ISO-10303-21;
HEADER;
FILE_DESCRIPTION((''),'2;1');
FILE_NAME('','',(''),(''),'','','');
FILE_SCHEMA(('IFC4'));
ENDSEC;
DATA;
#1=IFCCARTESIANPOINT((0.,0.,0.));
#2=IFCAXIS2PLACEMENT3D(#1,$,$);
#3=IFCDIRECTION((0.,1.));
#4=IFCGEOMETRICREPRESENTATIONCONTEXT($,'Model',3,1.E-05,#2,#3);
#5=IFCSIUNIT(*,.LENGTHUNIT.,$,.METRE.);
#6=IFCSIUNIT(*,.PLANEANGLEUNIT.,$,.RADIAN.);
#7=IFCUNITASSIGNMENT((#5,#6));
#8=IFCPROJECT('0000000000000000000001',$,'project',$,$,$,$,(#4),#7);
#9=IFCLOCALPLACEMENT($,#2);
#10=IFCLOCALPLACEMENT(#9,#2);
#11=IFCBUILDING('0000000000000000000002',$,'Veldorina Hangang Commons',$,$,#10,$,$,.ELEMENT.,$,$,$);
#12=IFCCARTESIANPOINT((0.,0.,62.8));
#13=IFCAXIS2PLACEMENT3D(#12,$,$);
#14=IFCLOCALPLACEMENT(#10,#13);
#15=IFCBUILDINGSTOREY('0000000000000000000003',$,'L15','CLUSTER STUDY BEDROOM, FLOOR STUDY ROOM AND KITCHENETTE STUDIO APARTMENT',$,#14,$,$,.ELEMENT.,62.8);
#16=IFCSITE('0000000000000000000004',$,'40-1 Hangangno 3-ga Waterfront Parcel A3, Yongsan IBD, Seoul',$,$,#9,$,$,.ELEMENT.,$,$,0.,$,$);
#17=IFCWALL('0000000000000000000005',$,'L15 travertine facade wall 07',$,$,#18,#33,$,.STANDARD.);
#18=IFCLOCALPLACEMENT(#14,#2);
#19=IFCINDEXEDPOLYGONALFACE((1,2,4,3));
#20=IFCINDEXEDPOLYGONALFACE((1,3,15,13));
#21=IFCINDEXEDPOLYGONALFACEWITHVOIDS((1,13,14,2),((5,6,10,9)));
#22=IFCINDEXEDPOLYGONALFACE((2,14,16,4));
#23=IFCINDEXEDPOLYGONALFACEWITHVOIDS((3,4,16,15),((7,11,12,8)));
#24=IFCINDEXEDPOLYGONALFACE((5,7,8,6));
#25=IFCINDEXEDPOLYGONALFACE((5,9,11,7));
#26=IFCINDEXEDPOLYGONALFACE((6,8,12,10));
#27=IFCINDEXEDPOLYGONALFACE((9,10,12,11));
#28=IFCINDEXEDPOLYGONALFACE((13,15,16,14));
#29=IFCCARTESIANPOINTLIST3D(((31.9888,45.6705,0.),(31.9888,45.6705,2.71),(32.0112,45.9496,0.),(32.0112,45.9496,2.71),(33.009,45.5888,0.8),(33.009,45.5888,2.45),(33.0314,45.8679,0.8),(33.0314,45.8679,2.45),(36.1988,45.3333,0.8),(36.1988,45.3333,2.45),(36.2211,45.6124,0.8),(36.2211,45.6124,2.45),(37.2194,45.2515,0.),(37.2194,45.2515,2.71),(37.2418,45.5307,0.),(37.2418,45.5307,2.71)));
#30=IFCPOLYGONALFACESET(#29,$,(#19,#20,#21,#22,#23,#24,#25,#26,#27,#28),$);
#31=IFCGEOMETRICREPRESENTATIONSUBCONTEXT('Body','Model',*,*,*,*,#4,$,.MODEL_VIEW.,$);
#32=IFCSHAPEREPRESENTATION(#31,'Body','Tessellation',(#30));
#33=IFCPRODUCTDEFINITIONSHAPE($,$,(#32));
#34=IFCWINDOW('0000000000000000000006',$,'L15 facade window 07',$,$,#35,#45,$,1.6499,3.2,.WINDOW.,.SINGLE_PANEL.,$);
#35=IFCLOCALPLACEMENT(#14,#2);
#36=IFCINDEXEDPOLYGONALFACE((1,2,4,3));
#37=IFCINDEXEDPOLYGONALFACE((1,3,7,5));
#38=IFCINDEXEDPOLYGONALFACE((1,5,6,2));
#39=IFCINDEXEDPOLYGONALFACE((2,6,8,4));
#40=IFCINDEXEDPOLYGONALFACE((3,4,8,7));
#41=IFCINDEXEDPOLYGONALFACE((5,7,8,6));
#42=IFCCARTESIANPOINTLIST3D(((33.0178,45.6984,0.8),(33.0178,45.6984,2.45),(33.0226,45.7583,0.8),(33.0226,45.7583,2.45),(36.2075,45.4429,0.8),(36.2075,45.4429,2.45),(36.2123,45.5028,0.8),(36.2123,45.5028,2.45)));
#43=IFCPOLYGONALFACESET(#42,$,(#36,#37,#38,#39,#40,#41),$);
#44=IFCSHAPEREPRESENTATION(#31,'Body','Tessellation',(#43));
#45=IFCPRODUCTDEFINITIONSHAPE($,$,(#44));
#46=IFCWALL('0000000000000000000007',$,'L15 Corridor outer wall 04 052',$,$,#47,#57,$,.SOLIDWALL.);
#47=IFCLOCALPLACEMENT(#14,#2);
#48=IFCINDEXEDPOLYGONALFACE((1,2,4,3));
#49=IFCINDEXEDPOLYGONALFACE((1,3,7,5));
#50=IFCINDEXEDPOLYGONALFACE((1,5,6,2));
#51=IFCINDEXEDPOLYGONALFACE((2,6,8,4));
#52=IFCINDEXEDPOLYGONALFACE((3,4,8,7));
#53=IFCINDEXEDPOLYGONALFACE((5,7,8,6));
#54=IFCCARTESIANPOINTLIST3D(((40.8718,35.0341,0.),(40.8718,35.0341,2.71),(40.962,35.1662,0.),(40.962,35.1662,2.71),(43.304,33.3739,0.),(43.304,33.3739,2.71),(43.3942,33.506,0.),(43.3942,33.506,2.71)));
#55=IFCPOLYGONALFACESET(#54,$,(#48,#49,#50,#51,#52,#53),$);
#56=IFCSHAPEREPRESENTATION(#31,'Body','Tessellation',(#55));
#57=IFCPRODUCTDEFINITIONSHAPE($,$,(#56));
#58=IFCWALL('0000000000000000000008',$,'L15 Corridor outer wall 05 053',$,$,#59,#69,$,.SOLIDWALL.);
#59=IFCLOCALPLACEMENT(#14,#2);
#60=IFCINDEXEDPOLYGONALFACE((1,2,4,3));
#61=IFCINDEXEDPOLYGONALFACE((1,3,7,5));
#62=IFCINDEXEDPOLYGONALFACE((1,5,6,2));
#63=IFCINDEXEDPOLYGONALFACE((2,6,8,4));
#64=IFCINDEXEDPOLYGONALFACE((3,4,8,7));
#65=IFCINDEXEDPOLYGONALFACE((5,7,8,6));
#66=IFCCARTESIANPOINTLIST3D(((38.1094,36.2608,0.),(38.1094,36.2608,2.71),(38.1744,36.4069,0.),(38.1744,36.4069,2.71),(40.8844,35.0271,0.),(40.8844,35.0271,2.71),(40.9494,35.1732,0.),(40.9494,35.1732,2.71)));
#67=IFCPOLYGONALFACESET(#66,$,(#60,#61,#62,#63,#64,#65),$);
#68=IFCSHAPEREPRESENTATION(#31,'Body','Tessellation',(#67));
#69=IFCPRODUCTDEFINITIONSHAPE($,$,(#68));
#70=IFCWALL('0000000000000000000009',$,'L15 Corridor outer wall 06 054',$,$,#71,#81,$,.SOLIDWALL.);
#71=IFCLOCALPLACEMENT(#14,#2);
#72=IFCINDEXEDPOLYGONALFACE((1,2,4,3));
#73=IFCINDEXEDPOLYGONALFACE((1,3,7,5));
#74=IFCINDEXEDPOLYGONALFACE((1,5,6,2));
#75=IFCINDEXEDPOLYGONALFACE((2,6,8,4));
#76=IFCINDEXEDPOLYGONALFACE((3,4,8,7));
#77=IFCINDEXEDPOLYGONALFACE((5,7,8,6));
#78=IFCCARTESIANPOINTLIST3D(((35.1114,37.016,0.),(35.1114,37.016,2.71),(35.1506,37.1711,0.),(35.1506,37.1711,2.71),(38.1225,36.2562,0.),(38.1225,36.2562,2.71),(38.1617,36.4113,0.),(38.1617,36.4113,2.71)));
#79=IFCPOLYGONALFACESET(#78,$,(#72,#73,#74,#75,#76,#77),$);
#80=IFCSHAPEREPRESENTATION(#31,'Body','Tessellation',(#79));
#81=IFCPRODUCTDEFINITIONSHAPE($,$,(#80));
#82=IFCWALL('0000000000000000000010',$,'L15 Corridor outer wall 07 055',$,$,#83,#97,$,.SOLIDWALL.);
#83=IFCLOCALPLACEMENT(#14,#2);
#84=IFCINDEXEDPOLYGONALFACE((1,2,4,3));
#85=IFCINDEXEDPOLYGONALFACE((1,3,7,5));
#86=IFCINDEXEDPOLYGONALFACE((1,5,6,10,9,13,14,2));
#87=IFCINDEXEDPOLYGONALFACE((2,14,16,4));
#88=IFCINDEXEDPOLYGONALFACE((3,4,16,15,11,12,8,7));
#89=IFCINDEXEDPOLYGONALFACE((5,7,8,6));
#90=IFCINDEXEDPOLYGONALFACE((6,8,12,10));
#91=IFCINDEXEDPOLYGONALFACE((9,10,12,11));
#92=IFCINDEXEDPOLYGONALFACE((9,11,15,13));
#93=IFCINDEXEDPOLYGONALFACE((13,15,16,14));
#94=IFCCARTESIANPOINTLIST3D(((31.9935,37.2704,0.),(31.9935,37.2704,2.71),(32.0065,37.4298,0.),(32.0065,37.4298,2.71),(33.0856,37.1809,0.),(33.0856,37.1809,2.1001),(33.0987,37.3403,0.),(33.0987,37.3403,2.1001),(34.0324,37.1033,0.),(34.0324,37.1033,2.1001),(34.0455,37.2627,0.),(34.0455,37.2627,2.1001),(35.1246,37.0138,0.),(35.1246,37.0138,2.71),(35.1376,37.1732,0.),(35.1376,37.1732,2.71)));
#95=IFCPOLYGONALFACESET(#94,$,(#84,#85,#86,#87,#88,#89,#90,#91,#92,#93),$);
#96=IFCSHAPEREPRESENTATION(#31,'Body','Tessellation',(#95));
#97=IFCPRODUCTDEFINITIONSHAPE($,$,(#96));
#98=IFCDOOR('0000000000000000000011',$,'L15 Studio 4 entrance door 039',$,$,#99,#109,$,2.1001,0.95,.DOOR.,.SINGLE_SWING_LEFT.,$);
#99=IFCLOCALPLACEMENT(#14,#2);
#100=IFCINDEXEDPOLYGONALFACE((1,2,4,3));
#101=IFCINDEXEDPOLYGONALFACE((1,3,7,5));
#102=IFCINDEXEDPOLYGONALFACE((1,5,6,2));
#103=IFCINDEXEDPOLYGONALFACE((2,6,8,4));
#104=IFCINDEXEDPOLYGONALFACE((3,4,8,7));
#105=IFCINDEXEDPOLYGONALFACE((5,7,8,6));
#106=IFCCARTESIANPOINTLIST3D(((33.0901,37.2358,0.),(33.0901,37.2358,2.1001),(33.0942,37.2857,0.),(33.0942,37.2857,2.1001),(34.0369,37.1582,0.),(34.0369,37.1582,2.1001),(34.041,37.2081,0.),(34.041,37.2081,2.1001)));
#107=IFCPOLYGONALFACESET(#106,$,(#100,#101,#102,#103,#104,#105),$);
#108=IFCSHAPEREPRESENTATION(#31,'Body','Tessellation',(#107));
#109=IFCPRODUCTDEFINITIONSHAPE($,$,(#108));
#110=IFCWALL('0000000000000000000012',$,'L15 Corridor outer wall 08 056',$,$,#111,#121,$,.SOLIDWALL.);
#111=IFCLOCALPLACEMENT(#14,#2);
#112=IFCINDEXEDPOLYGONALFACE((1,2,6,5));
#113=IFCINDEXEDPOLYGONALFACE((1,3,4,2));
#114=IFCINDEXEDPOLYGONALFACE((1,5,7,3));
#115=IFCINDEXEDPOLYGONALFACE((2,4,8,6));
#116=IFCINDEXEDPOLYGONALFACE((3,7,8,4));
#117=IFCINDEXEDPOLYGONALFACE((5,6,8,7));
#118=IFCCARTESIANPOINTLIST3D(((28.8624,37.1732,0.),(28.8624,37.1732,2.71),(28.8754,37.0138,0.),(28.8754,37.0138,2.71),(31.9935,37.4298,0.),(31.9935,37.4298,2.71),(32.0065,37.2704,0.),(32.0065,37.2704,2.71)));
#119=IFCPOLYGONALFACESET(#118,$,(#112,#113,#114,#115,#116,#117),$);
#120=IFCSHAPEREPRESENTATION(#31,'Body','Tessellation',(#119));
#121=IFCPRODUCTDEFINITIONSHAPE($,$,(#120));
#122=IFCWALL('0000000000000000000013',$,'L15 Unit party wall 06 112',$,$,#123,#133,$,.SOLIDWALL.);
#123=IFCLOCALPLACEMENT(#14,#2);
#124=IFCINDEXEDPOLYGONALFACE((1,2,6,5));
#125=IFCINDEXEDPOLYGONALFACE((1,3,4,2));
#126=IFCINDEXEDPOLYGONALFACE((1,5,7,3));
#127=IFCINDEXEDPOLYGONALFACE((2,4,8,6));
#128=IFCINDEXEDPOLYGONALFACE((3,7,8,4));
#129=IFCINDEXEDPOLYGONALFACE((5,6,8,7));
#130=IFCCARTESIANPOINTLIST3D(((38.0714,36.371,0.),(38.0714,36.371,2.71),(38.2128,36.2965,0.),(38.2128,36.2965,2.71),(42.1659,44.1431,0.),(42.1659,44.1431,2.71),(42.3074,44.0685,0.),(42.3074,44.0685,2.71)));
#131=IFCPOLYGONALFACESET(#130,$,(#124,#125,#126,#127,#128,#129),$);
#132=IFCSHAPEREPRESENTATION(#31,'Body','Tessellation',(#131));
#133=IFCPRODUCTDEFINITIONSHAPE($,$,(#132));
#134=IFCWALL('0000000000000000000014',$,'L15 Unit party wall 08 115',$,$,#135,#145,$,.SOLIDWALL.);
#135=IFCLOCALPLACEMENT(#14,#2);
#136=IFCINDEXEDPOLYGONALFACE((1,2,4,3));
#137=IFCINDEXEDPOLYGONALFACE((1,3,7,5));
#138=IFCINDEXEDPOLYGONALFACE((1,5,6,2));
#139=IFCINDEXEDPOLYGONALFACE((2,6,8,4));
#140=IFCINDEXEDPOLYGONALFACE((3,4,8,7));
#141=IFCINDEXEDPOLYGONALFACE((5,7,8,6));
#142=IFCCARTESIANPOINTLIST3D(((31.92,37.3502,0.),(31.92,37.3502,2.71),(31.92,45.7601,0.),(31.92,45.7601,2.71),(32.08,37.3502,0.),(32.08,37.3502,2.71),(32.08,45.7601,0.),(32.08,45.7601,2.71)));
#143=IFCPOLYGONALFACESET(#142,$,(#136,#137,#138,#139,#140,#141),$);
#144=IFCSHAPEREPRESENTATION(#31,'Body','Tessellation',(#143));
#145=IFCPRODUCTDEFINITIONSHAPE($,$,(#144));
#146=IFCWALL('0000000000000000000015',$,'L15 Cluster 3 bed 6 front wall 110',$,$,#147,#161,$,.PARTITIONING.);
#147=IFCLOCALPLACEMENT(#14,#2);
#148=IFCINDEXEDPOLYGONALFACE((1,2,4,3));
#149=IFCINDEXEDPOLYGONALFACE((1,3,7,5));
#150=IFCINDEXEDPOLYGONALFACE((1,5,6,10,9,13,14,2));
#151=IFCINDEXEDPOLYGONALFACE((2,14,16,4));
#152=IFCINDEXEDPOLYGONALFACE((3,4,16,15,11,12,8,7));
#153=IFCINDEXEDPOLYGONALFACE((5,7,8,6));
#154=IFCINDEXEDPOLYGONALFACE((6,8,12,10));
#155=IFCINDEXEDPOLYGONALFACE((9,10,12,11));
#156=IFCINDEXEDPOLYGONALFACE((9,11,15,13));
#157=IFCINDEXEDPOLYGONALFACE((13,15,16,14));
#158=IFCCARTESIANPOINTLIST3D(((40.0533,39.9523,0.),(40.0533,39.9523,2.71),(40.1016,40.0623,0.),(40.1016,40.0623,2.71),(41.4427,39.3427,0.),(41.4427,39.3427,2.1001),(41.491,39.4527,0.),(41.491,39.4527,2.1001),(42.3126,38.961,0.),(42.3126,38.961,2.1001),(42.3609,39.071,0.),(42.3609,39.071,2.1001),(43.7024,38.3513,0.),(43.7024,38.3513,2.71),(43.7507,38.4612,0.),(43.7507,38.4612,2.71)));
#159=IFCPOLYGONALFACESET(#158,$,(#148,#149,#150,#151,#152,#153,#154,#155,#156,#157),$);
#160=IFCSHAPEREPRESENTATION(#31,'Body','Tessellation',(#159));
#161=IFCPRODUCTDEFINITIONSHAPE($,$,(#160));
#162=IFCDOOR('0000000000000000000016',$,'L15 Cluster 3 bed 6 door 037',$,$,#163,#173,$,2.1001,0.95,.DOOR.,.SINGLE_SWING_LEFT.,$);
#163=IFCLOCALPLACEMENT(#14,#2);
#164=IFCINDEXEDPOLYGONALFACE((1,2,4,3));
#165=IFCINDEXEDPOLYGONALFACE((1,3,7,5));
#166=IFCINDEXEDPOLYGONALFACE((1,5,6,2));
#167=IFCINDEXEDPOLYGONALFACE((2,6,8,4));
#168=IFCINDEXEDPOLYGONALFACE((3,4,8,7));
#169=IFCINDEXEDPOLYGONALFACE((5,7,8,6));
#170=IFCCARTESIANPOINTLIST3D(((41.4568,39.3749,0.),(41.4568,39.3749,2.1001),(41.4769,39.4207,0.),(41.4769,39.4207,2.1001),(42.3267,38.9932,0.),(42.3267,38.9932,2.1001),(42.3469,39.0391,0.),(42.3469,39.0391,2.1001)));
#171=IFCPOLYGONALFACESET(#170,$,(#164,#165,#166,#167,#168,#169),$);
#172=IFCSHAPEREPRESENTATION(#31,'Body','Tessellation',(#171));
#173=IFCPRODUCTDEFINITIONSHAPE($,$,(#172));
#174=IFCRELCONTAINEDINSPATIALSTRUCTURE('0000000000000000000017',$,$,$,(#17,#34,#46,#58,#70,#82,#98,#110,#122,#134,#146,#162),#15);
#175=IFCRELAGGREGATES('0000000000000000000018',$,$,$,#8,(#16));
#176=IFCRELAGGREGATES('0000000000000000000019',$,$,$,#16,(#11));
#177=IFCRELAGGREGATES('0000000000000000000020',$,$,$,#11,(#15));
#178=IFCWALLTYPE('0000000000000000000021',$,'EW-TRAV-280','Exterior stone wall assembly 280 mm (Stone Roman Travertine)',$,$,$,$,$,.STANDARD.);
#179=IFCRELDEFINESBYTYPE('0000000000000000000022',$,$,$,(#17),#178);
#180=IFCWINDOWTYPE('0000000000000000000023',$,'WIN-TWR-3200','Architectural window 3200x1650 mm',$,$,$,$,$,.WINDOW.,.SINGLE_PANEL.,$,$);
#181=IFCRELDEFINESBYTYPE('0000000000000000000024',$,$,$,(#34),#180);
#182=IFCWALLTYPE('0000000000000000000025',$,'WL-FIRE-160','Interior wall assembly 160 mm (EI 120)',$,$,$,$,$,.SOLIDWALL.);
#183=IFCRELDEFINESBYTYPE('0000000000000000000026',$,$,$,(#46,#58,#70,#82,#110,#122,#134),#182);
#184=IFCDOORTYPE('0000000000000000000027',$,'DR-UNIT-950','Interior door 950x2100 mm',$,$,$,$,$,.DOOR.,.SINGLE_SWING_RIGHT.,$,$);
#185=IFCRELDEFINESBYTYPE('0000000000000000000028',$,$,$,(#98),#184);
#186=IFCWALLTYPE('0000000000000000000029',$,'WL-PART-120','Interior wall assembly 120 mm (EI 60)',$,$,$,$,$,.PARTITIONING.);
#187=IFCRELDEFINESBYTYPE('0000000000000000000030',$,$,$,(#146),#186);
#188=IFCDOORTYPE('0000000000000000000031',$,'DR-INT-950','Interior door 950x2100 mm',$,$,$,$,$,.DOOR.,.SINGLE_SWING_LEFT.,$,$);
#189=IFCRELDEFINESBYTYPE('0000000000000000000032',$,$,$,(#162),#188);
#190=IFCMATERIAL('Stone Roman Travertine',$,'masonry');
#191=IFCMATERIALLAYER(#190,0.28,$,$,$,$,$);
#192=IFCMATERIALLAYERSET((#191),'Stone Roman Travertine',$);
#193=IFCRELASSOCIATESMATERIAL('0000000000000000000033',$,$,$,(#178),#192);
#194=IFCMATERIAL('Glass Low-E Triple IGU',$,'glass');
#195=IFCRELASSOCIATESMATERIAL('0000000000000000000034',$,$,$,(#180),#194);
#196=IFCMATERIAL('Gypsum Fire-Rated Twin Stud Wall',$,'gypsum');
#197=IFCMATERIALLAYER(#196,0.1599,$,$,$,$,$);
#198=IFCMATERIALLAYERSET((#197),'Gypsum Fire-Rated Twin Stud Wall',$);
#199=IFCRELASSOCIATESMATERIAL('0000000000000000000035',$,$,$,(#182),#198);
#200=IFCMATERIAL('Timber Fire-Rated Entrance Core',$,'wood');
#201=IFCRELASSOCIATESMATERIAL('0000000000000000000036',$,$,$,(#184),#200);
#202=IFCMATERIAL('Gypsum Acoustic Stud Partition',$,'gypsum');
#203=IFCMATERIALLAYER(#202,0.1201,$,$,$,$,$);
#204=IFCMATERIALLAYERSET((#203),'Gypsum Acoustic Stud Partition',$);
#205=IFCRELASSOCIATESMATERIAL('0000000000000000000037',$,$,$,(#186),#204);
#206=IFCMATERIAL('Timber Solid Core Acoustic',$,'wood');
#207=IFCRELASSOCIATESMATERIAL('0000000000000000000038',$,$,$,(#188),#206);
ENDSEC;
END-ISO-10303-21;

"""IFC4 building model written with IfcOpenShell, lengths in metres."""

from ifc_helpers import new_model, si_unit, direction, frame, frame_2d, origin, place, context, subcontext, project, spatial, rectangle, extrude, material, layer, layer_set, type_object, element, fill, save


model = new_model("IFC4")

# Units and contexts
model_context = context("Model", 3, precision=1e-05, world=origin(), true_north=direction((0.0, 1.0)))
body_context = subcontext(model_context, "Body", "Model", "MODEL_VIEW")
ifc_project = project(units=[si_unit("LENGTHUNIT", "METRE"), si_unit("PLANEANGLEUNIT", "RADIAN")], contexts=[model_context])

# Site, building, storey
site_placement = place(None, origin())
site = spatial("IfcSite", under=ifc_project, at=site_placement, Name="40-1 Hangangno 3-ga Waterfront Parcel A3, Yongsan IBD, Seoul", CompositionType="ELEMENT", RefElevation=0.0)
building_placement = place(site_placement, origin())
building = spatial("IfcBuilding", under=site, at=building_placement, Name="Veldorina Hangang Commons", CompositionType="ELEMENT")
storey_placement = place(building_placement, frame((0.0, 0.0, 62.8)))
storey = spatial("IfcBuildingStorey", under=building, at=storey_placement, Name="L15", Description="CLUSTER STUDY BEDROOM, FLOOR STUDY ROOM AND KITCHENETTE STUDIO APARTMENT", CompositionType="ELEMENT", Elevation=62.8)

# Shared definitions
ifc_material_1 = material(Name="Stone Roman Travertine", Category="masonry")
ifc_layer_1 = layer(ifc_material_1, 0.28)
ifc_layer_set_1 = layer_set([ifc_layer_1], Name="Stone Roman Travertine")
wall_type_1 = type_object("IfcWallType", Name="EW-TRAV-280", Description="Exterior stone wall assembly 280 mm (Stone Roman Travertine)", PredefinedType="STANDARD", material=ifc_layer_set_1)

# Wall, opening, window
wall_1_placement = place(storey_placement, frame((37.2305, 45.3911, 0.0), z_axis=(0.0, 0.0, 1.0), x_axis=(-0.996808, 0.079841, 0.0)))
wall_1 = element("IfcWall", 1, at=wall_1_placement, inside=storey, type_object=wall_type_1, Name="L15 travertine facade wall 07", PredefinedType="STANDARD", context=body_context, shape_type="SweptSolid", body=[
    extrude(rectangle(XDim=5.2473, YDim=0.28, at=frame_2d((2.6235, 0.0))), origin(), (0.0, 0.0, 1.0), 2.71),
])
opening_1_placement = place(wall_1_placement, frame((1.0237, 0.0, 0.8)))
opening_1 = element("IfcOpeningElement", 2, at=opening_1_placement, cuts=wall_1, PredefinedType="OPENING", context=body_context, shape_type="SweptSolid", body=[
    extrude(rectangle(XDim=3.2, YDim=1.6499, at=frame_2d((1.6001, 0.825))), frame((0.0, 0.1499, 0.0), z_axis=(0.0, -1.0, 0.0), x_axis=(1.0, 0.0, 0.0)), (0.0, 0.0, 1.0), 0.3),
])
ifc_material_2 = material(Name="Glass Low-E Triple IGU", Category="glass")
window_type = type_object("IfcWindowType", Name="WIN-TWR-3200", Description="Architectural window 3200x1650 mm", PartitioningType="SINGLE_PANEL", PredefinedType="WINDOW", material=ifc_material_2)
window_placement = place(opening_1_placement, origin())
window = element("IfcWindow", 3, at=window_placement, inside=storey, type_object=window_type, Name="L15 facade window 07", OverallHeight=1.6499, OverallWidth=3.2, PartitioningType="SINGLE_PANEL", PredefinedType="WINDOW", context=body_context, shape_type="SweptSolid", body=[
    extrude(rectangle(XDim=3.2, YDim=1.6499, at=frame_2d((1.6001, 0.825))), frame((0.0, 0.03, 0.0), z_axis=(0.0, -1.0, 0.0), x_axis=(1.0, 0.0, 0.0)), (0.0, 0.0, 1.0), 0.0601),
])
fill(opening_1, window)

# Walls
ifc_material_3 = material(Name="Gypsum Fire-Rated Twin Stud Wall", Category="gypsum")
ifc_layer_2 = layer(ifc_material_3, 0.1599)
ifc_layer_set_2 = layer_set([ifc_layer_2], Name="Gypsum Fire-Rated Twin Stud Wall")
wall_type_2 = type_object("IfcWallType", Name="WL-FIRE-160", Description="Interior wall assembly 160 mm (EI 120)", PredefinedType="SOLIDWALL", material=ifc_layer_set_2)
wall_2_placement = place(storey_placement, frame((43.3491, 33.4399, 0.0), z_axis=(0.0, 0.0, 1.0), x_axis=(-0.825929, 0.563774, 0.0)))
element("IfcWall", 4, at=wall_2_placement, inside=storey, type_object=wall_type_2, Name="L15 Corridor outer wall 04 052", PredefinedType="SOLIDWALL", context=body_context, shape_type="SweptSolid", body=[
    extrude(rectangle(XDim=2.9448, YDim=0.1599, at=frame_2d((1.4724, 0.0))), origin(), (0.0, 0.0, 1.0), 2.71),
])
wall_3_placement = place(storey_placement, frame((40.917, 35.1001, 0.0), z_axis=(0.0, 0.0, 1.0), x_axis=(-0.913768, 0.406235, 0.0)))
element("IfcWall", 5, at=wall_3_placement, inside=storey, type_object=wall_type_2, Name="L15 Corridor outer wall 05 053", PredefinedType="SOLIDWALL", context=body_context, shape_type="SweptSolid", body=[
    extrude(rectangle(XDim=3.0369, YDim=0.1599, at=frame_2d((1.5186, 0.0))), origin(), (0.0, 0.0, 1.0), 2.71),
])
wall_4_placement = place(storey_placement, frame((38.1421, 36.3337, 0.0), z_axis=(0.0, 0.0, 1.0), x_axis=(-0.969608, 0.244662, 0.0)))
element("IfcWall", 6, at=wall_4_placement, inside=storey, type_object=wall_type_2, Name="L15 Corridor outer wall 06 054", PredefinedType="SOLIDWALL", context=body_context, shape_type="SweptSolid", body=[
    extrude(rectangle(XDim=3.1055, YDim=0.1599, at=frame_2d((1.5527, 0.0))), origin(), (0.0, 0.0, 1.0), 2.71),
])

# Wall, opening, door
wall_5_placement = place(storey_placement, frame((35.1311, 37.0935, 0.0), z_axis=(0.0, 0.0, 1.0), x_axis=(-0.996659, 0.081676, 0.0)))
wall_5 = element("IfcWall", 7, at=wall_5_placement, inside=storey, type_object=wall_type_2, Name="L15 Corridor outer wall 07 055", PredefinedType="SOLIDWALL", context=body_context, shape_type="SweptSolid", body=[
    extrude(rectangle(XDim=3.1416, YDim=0.1599, at=frame_2d((1.5708, 0.0))), origin(), (0.0, 0.0, 1.0), 2.71),
])
opening_2_placement = place(wall_5_placement, frame((1.0957, 0.0, 0.0)))
opening_2 = element("IfcOpeningElement", 8, at=opening_2_placement, cuts=wall_5, PredefinedType="OPENING", context=body_context, shape_type="SweptSolid", body=[
    extrude(rectangle(XDim=0.95, YDim=2.1001, at=frame_2d((0.4751, 1.05))), frame((0.0, 0.0898, 0.0), z_axis=(0.0, -1.0, 0.0), x_axis=(1.0, 0.0, 0.0)), (0.0, 0.0, 1.0), 0.1799),
])
ifc_material_4 = material(Name="Timber Fire-Rated Entrance Core", Category="wood")
door_type_1 = type_object("IfcDoorType", Name="DR-UNIT-950", Description="Interior door 950x2100 mm", OperationType="SINGLE_SWING_RIGHT", PredefinedType="DOOR", material=ifc_material_4)
door_1_placement = place(opening_2_placement, origin())
door_1 = element("IfcDoor", 9, at=door_1_placement, inside=storey, type_object=door_type_1, Name="L15 Studio 4 entrance door 039", OperationType="SINGLE_SWING_LEFT", OverallHeight=2.1001, OverallWidth=0.95, PredefinedType="DOOR", context=body_context, shape_type="SweptSolid", body=[
    extrude(rectangle(XDim=0.95, YDim=2.1001, at=frame_2d((0.4751, 1.05))), frame((0.0, 0.0249, 0.0), z_axis=(0.0, -1.0, 0.0), x_axis=(1.0, 0.0, 0.0)), (0.0, 0.0, 1.0), 0.05),
])
fill(opening_2, door_1)

# Walls
wall_6_placement = place(storey_placement, frame((32.0, 37.3501, 0.0), z_axis=(0.0, 0.0, 1.0), x_axis=(-0.996659, -0.081676, 0.0)))
element("IfcWall", 10, at=wall_6_placement, inside=storey, type_object=wall_type_2, Name="L15 Corridor outer wall 08 056", PredefinedType="SOLIDWALL", context=body_context, shape_type="SweptSolid", body=[
    extrude(rectangle(XDim=3.1416, YDim=0.1599, at=frame_2d((1.5708, 0.0))), origin(), (0.0, 0.0, 1.0), 2.71),
])
wall_7_placement = place(storey_placement, frame((38.1421, 36.3337, 0.0), z_axis=(0.0, 0.0, 1.0), x_axis=(0.4661, 0.884732, 0.0)))
element("IfcWall", 11, at=wall_7_placement, inside=storey, type_object=wall_type_2, Name="L15 Unit party wall 06 112", PredefinedType="SOLIDWALL", context=body_context, shape_type="SweptSolid", body=[
    extrude(rectangle(XDim=8.7847, YDim=0.1599, at=frame_2d((4.3923, 0.0))), origin(), (0.0, 0.0, 1.0), 2.71),
])
wall_8_placement = place(storey_placement, frame((32.0, 37.3501, 0.0), z_axis=(0.0, 0.0, 1.0), x_axis=(0.0, 1.0, 0.0)))
element("IfcWall", 12, at=wall_8_placement, inside=storey, type_object=wall_type_2, Name="L15 Unit party wall 08 115", PredefinedType="SOLIDWALL", context=body_context, shape_type="SweptSolid", body=[
    extrude(rectangle(XDim=8.4099, YDim=0.1599, at=frame_2d((4.2051, 0.0))), origin(), (0.0, 0.0, 1.0), 2.71),
])

# Wall, opening, door
ifc_material_5 = material(Name="Gypsum Acoustic Stud Partition", Category="gypsum")
ifc_layer_3 = layer(ifc_material_5, 0.1201)
ifc_layer_set_3 = layer_set([ifc_layer_3], Name="Gypsum Acoustic Stud Partition")
wall_type_3 = type_object("IfcWallType", Name="WL-PART-120", Description="Interior wall assembly 120 mm (EI 60)", PredefinedType="PARTITIONING", material=ifc_layer_set_3)
wall_9_placement = place(storey_placement, frame((43.7266, 38.4062, 0.0), z_axis=(0.0, 0.0, 1.0), x_axis=(-0.915736, 0.40178, 0.0)))
wall_9 = element("IfcWall", 13, at=wall_9_placement, inside=storey, type_object=wall_type_3, Name="L15 Cluster 3 bed 6 front wall 110", PredefinedType="PARTITIONING", context=body_context, shape_type="SweptSolid", body=[
    extrude(rectangle(XDim=3.9849, YDim=0.1201, at=frame_2d((1.9924, 0.0))), origin(), (0.0, 0.0, 1.0), 2.71),
])
opening_3_placement = place(wall_9_placement, frame((1.5176, 0.0, 0.0)))
opening_3 = element("IfcOpeningElement", 14, at=opening_3_placement, cuts=wall_9, PredefinedType="OPENING", context=body_context, shape_type="SweptSolid", body=[
    extrude(rectangle(XDim=0.95, YDim=2.1001, at=frame_2d((0.4751, 1.05))), frame((0.0, 0.0701, 0.0), z_axis=(0.0, -1.0, 0.0), x_axis=(1.0, 0.0, 0.0)), (0.0, 0.0, 1.0), 0.1401),
])
ifc_material_6 = material(Name="Timber Solid Core Acoustic", Category="wood")
door_type_2 = type_object("IfcDoorType", Name="DR-INT-950", Description="Interior door 950x2100 mm", OperationType="SINGLE_SWING_LEFT", PredefinedType="DOOR", material=ifc_material_6)
door_2_placement = place(opening_3_placement, origin())
door_2 = element("IfcDoor", 15, at=door_2_placement, inside=storey, type_object=door_type_2, Name="L15 Cluster 3 bed 6 door 037", OperationType="SINGLE_SWING_LEFT", OverallHeight=2.1001, OverallWidth=0.95, PredefinedType="DOOR", context=body_context, shape_type="SweptSolid", body=[
    extrude(rectangle(XDim=0.95, YDim=2.1001, at=frame_2d((0.4751, 1.05))), frame((0.0, 0.0249, 0.0), z_axis=(0.0, -1.0, 0.0), x_axis=(1.0, 0.0, 0.0)), (0.0, 0.0, 1.0), 0.05),
])
fill(opening_3, door_2)

save(model, "model.ifc")
